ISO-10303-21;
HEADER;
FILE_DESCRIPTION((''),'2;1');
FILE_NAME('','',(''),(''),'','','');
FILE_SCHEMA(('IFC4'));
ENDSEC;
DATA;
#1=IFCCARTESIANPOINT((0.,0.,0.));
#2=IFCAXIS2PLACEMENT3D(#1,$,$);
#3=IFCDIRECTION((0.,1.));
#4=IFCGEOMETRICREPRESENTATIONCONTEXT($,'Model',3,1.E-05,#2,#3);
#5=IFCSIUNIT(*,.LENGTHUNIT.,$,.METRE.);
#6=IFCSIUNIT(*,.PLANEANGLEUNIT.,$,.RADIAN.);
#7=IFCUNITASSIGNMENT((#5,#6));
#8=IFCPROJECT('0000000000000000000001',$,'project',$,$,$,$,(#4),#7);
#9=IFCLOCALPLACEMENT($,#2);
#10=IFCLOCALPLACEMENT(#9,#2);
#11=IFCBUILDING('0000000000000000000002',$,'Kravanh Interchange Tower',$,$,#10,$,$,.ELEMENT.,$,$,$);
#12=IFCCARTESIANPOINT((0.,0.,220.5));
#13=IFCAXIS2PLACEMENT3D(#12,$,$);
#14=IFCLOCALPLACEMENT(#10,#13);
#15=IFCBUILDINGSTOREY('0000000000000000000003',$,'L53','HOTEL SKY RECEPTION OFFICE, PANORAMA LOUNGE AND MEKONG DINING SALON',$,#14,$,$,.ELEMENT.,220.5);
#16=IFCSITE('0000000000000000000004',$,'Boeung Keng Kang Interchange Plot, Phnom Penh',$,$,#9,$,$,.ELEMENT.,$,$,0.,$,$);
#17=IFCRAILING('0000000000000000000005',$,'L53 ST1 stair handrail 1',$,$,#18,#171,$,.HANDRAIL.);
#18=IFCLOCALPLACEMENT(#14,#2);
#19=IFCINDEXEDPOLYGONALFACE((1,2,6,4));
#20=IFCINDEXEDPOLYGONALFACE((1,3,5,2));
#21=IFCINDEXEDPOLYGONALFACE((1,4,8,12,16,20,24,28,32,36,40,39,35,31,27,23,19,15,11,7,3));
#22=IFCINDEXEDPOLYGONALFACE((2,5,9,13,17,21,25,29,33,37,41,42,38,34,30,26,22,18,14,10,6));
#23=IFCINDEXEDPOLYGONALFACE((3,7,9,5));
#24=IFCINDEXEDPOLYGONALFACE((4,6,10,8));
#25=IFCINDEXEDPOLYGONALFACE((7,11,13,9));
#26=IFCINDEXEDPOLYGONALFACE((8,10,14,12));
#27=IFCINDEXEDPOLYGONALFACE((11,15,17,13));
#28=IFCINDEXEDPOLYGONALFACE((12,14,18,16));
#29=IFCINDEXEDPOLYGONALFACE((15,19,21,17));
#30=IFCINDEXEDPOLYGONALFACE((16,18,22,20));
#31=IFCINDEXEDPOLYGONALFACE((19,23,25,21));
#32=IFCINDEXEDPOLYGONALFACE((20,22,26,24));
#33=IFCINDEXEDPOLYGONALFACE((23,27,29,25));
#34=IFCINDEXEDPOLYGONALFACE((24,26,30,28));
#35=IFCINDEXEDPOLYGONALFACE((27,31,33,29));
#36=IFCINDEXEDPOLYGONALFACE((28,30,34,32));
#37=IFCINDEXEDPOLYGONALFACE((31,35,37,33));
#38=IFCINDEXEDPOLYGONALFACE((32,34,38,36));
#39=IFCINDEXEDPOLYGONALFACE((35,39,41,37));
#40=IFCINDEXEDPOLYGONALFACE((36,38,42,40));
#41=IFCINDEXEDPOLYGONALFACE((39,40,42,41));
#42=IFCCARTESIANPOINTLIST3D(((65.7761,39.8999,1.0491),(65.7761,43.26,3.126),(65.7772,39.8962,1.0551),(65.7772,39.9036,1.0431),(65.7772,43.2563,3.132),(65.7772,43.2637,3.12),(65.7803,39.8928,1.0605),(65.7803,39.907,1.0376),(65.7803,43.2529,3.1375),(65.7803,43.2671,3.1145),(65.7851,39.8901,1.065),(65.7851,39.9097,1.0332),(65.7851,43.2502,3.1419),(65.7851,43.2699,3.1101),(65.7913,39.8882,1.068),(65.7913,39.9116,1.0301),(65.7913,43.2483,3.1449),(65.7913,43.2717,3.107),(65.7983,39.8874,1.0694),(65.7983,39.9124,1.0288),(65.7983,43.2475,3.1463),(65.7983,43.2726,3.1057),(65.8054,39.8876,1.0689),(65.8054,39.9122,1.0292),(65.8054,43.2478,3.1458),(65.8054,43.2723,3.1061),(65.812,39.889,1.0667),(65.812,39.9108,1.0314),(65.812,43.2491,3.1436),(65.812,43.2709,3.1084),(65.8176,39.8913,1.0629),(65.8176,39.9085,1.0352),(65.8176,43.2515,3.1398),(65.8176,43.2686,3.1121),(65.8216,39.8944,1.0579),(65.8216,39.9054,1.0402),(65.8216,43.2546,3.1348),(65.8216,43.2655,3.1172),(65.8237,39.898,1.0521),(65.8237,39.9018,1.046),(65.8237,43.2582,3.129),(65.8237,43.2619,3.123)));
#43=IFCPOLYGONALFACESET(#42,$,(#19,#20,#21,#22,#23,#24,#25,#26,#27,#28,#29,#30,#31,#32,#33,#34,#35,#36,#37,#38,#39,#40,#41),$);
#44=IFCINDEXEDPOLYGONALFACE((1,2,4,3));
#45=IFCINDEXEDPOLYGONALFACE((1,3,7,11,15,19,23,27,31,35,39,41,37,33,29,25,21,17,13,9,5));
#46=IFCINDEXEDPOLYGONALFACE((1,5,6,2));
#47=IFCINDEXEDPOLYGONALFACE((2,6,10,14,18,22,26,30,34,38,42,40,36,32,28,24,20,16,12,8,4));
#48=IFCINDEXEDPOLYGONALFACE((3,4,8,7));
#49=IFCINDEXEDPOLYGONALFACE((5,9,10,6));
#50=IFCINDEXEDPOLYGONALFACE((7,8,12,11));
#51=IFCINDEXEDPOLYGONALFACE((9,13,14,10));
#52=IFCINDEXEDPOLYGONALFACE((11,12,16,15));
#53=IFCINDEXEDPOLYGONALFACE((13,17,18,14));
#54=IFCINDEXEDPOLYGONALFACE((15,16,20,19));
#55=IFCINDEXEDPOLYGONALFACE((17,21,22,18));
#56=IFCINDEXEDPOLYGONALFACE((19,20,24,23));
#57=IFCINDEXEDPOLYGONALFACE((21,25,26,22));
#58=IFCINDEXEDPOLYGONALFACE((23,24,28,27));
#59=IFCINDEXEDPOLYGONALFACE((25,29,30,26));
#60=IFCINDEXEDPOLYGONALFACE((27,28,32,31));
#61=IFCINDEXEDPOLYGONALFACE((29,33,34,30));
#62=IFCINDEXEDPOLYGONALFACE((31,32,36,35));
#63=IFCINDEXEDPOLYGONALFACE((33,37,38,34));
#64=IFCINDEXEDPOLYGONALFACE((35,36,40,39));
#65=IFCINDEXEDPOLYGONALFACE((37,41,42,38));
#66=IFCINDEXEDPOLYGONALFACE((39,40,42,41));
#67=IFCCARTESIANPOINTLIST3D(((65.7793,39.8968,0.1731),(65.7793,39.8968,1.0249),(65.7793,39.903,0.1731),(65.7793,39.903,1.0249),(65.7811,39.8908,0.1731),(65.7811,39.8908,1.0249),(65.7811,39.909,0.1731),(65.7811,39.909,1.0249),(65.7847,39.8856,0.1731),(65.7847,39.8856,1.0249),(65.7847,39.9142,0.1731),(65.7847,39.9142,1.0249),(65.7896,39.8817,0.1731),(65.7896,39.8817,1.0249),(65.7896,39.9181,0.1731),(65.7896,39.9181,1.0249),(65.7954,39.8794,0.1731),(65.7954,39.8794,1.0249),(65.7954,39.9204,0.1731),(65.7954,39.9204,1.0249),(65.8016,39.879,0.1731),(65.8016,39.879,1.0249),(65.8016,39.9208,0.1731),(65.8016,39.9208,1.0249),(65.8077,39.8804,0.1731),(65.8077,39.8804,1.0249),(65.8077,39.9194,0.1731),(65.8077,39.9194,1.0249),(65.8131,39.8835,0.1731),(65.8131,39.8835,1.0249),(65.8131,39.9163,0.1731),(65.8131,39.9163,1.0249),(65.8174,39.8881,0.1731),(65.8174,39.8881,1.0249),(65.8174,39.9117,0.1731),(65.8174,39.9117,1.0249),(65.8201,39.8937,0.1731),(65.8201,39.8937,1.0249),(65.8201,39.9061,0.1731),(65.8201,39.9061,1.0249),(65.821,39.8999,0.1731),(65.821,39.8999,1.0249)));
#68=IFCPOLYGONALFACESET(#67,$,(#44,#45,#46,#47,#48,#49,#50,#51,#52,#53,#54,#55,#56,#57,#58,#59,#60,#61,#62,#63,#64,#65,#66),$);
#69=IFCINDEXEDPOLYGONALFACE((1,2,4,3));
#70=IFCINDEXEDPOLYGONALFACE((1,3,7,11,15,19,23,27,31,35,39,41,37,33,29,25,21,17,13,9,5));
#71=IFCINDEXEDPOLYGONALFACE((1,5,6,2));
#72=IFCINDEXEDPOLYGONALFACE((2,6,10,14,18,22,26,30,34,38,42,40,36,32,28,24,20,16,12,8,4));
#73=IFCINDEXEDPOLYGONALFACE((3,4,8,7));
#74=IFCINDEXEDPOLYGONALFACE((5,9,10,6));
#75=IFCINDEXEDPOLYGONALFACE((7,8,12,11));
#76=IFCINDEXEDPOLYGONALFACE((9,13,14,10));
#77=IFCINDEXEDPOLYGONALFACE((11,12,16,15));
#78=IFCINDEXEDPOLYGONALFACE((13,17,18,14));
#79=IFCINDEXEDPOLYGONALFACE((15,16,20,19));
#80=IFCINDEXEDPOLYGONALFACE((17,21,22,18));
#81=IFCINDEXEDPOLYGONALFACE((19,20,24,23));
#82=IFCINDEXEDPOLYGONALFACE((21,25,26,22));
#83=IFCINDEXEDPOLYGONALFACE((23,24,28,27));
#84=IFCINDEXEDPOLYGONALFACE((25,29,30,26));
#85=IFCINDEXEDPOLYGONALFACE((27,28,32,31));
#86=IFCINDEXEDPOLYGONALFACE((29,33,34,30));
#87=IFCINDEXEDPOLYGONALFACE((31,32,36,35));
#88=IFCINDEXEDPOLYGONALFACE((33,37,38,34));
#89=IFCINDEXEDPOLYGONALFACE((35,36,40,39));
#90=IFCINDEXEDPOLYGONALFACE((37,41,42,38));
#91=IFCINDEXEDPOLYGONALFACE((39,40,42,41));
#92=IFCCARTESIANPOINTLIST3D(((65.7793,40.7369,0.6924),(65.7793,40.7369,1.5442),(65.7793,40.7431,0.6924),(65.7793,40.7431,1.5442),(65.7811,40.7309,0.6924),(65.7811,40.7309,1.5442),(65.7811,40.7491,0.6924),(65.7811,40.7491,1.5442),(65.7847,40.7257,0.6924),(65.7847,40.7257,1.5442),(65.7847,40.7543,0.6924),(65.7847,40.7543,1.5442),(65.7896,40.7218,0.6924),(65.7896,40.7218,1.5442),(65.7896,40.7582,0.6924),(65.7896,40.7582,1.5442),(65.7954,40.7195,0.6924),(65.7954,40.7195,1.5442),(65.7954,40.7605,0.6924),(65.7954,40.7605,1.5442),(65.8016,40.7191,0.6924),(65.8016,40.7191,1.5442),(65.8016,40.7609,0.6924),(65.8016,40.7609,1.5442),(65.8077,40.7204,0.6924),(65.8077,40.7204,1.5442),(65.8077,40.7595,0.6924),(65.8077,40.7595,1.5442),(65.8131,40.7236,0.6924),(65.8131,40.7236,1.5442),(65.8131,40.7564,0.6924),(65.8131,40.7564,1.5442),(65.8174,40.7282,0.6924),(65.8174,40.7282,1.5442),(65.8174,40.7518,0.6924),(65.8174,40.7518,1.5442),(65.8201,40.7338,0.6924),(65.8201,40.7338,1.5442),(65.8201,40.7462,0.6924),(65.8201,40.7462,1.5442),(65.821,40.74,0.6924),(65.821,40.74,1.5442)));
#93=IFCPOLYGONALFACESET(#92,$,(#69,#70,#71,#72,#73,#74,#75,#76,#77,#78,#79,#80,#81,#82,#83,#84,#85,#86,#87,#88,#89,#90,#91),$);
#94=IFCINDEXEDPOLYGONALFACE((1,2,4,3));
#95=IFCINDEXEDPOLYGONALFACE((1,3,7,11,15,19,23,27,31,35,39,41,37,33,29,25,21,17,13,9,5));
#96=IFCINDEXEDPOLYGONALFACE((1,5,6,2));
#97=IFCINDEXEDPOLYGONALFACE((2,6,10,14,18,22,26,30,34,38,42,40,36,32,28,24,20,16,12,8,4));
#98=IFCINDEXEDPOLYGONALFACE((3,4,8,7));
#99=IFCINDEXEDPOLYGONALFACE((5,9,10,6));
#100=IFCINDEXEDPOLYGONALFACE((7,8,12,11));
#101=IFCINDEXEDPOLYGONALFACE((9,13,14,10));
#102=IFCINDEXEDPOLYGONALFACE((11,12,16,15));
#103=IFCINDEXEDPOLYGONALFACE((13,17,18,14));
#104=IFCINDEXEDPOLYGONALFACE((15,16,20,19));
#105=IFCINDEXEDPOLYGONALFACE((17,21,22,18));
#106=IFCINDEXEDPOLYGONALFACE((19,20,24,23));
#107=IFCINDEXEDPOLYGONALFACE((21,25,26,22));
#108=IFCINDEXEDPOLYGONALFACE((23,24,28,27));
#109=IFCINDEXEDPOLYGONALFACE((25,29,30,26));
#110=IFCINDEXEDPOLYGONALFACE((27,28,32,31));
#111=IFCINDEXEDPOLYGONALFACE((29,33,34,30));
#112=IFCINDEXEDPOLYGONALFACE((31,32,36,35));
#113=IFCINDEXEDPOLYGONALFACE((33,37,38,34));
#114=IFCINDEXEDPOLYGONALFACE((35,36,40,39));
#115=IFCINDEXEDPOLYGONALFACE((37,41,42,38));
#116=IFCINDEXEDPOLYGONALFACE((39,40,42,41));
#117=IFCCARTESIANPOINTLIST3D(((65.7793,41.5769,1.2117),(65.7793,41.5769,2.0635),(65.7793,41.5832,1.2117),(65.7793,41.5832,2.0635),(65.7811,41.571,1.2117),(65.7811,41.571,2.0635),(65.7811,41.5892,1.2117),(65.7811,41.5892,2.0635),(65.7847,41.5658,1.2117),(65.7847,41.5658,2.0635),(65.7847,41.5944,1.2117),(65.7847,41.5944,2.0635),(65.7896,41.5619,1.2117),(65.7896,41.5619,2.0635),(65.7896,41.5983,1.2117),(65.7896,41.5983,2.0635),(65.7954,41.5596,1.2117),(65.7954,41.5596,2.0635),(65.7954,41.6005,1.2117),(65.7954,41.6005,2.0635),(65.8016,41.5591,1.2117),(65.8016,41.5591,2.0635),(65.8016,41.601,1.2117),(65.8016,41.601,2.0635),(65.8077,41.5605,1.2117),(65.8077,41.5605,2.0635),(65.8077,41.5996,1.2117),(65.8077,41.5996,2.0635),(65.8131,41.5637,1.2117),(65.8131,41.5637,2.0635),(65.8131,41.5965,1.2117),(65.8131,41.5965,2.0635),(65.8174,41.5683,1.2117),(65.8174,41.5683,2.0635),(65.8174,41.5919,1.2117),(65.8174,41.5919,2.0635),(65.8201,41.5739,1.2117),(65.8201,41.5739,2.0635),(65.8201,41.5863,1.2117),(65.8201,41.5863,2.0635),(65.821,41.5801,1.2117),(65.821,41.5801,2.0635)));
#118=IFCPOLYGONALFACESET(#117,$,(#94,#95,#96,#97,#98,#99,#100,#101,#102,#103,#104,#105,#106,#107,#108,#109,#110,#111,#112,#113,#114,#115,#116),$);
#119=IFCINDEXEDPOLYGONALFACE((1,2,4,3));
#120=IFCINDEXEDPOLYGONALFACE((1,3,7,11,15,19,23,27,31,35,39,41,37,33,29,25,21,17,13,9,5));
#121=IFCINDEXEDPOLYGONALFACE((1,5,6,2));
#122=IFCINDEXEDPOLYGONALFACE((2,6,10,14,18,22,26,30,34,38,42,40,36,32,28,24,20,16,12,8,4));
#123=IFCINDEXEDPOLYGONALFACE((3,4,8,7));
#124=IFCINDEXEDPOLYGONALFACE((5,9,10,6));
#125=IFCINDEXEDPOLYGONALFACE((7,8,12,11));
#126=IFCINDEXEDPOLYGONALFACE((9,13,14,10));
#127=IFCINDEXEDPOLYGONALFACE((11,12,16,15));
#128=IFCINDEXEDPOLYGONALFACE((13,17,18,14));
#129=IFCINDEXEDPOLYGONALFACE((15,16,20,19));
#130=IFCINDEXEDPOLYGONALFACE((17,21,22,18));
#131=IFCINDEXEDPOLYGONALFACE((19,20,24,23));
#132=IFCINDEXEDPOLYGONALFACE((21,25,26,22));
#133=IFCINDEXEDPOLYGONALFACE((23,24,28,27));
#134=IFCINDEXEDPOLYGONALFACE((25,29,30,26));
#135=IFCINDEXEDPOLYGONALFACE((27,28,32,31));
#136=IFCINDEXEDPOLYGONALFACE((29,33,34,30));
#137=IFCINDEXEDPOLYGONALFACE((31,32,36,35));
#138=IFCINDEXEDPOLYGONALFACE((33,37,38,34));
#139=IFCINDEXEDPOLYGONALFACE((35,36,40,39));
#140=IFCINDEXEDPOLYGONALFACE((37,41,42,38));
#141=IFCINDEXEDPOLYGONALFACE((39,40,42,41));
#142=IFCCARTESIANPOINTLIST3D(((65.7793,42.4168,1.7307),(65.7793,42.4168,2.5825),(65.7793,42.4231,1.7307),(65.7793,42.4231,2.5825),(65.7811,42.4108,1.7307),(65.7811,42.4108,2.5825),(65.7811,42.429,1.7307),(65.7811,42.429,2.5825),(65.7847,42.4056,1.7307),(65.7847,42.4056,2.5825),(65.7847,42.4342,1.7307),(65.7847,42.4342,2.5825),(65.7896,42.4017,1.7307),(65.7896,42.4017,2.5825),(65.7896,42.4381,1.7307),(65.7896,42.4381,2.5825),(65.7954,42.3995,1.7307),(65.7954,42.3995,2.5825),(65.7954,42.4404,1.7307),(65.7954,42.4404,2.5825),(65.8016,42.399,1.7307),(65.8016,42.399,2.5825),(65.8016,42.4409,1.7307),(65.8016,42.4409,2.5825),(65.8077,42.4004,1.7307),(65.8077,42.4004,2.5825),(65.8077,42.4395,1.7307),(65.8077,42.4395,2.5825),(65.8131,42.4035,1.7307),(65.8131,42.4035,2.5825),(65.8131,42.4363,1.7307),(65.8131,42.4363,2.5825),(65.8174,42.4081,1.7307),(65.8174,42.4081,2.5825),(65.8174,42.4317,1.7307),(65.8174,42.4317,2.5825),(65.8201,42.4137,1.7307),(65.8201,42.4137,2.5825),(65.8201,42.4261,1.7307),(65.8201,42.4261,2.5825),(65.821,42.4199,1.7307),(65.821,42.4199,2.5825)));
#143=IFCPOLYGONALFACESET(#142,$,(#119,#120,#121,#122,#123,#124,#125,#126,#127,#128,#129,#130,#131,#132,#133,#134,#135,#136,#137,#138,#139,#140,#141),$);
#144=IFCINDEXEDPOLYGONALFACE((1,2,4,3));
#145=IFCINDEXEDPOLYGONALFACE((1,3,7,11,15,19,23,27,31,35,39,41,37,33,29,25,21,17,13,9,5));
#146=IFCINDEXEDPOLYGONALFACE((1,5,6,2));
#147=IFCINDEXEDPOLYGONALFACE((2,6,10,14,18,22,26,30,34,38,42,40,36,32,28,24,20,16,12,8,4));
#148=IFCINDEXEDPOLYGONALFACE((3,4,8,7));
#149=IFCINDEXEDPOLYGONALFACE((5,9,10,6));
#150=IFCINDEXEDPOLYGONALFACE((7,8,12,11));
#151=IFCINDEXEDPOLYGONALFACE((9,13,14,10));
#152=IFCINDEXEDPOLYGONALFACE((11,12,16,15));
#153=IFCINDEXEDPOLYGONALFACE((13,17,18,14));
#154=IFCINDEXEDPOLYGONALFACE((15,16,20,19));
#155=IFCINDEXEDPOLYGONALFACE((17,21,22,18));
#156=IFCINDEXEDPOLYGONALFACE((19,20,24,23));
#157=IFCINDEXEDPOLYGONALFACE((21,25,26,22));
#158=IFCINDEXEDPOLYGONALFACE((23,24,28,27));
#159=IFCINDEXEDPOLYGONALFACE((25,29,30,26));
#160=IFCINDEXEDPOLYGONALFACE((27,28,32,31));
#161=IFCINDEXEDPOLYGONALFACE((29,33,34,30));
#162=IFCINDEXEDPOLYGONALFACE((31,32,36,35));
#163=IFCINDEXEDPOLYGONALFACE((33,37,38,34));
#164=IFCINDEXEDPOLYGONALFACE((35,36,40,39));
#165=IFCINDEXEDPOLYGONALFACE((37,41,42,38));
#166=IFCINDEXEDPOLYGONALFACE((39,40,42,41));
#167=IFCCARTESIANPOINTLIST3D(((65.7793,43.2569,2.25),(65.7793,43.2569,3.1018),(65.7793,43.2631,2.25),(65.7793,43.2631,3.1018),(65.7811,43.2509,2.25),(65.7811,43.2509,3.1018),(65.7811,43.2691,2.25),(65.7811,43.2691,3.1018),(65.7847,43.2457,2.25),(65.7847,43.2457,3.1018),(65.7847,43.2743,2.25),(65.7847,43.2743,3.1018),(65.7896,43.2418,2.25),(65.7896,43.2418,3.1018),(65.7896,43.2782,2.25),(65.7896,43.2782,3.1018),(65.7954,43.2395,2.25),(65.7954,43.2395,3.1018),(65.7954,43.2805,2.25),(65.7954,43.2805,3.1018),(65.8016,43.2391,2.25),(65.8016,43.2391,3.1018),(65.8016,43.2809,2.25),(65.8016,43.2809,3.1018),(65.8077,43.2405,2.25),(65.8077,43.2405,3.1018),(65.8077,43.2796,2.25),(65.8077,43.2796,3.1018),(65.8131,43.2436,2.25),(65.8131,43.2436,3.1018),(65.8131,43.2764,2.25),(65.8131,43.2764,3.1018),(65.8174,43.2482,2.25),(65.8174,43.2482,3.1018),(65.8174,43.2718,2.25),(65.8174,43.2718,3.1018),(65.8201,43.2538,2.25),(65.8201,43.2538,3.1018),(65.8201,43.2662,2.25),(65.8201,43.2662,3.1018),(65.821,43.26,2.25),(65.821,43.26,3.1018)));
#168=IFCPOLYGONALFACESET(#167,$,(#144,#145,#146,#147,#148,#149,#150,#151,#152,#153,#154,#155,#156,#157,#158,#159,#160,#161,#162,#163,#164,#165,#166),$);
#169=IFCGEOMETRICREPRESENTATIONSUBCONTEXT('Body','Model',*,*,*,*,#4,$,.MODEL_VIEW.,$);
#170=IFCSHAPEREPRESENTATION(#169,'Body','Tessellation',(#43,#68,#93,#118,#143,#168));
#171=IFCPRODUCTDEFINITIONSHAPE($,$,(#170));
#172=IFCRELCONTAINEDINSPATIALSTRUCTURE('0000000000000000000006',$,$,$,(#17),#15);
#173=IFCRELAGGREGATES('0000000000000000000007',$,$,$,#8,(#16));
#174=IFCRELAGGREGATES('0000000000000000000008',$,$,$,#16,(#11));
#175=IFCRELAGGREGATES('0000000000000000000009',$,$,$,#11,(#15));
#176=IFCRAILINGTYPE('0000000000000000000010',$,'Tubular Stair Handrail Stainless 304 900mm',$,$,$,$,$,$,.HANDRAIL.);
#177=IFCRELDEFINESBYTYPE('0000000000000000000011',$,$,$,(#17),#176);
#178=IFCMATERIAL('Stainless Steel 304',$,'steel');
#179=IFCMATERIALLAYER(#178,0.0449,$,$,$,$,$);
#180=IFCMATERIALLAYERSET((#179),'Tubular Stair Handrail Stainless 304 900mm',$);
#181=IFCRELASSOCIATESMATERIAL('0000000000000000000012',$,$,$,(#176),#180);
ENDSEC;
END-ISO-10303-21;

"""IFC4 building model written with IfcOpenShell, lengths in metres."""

from ifc_helpers import new_model, si_unit, direction, frame, origin, origin_2d, place, context, subcontext, project, spatial, circle, extrude, material, layer, layer_set, type_object, element, save


model = new_model("IFC4")

# Units and contexts
model_context = context("Model", 3, precision=1e-05, world=origin(), true_north=direction((0.0, 1.0)))
body_context = subcontext(model_context, "Body", "Model", "MODEL_VIEW")
ifc_project = project(units=[si_unit("LENGTHUNIT", "METRE"), si_unit("PLANEANGLEUNIT", "RADIAN")], contexts=[model_context])

# Site, building, storey
site_placement = place(None, origin())
site = spatial("IfcSite", under=ifc_project, at=site_placement, Name="Boeung Keng Kang Interchange Plot, Phnom Penh", CompositionType="ELEMENT", RefElevation=0.0)
building_placement = place(site_placement, origin())
building = spatial("IfcBuilding", under=site, at=building_placement, Name="Kravanh Interchange Tower", CompositionType="ELEMENT")
storey_placement = place(building_placement, frame((0.0, 0.0, 220.5)))
storey = spatial("IfcBuildingStorey", under=building, at=storey_placement, Name="L53", Description="HOTEL SKY RECEPTION OFFICE, PANORAMA LOUNGE AND MEKONG DINING SALON", CompositionType="ELEMENT", Elevation=220.5)

# Railing
ifc_material_1 = material(Name="Stainless Steel 304", Category="steel")
ifc_layer_1 = layer(ifc_material_1, 0.0449)
ifc_layer_set_1 = layer_set([ifc_layer_1], Name="Tubular Stair Handrail Stainless 304 900mm")
railing_type_1 = type_object("IfcRailingType", Name="Tubular Stair Handrail Stainless 304 900mm", PredefinedType="HANDRAIL", material=ifc_layer_set_1)
railing_1_placement = place(storey_placement, frame((65.8, 39.8999, 0.1731)))
element("IfcRailing", 1, at=railing_1_placement, inside=storey, type_object=railing_type_1, Name="L53 ST1 stair handrail 1", PredefinedType="HANDRAIL", context=body_context, shape_type="SweptSolid", body=[
    extrude(circle(Radius=0.0239, at=origin_2d()), frame((0.0, 0.0, 0.876), z_axis=(0.0, 0.850623, 0.525776), x_axis=(-1.0, 0.0, 0.0)), (0.0, 0.0, 1.0), 3.9502),
    extrude(circle(Radius=0.021, at=origin_2d()), origin(), (0.0, 0.0, 1.0), 0.8518),
    extrude(circle(Radius=0.021, at=origin_2d()), frame((0.0, 0.8401, 0.5193)), (0.0, 0.0, 1.0), 0.8518),
    extrude(circle(Radius=0.021, at=origin_2d()), frame((0.0, 1.6802, 1.0386)), (0.0, 0.0, 1.0), 0.8518),
    extrude(circle(Radius=0.021, at=origin_2d()), frame((0.0, 2.52, 1.5576)), (0.0, 0.0, 1.0), 0.8518),
    extrude(circle(Radius=0.021, at=origin_2d()), frame((0.0, 3.3601, 2.0769)), (0.0, 0.0, 1.0), 0.8518),
])

save(model, "model.ifc")
